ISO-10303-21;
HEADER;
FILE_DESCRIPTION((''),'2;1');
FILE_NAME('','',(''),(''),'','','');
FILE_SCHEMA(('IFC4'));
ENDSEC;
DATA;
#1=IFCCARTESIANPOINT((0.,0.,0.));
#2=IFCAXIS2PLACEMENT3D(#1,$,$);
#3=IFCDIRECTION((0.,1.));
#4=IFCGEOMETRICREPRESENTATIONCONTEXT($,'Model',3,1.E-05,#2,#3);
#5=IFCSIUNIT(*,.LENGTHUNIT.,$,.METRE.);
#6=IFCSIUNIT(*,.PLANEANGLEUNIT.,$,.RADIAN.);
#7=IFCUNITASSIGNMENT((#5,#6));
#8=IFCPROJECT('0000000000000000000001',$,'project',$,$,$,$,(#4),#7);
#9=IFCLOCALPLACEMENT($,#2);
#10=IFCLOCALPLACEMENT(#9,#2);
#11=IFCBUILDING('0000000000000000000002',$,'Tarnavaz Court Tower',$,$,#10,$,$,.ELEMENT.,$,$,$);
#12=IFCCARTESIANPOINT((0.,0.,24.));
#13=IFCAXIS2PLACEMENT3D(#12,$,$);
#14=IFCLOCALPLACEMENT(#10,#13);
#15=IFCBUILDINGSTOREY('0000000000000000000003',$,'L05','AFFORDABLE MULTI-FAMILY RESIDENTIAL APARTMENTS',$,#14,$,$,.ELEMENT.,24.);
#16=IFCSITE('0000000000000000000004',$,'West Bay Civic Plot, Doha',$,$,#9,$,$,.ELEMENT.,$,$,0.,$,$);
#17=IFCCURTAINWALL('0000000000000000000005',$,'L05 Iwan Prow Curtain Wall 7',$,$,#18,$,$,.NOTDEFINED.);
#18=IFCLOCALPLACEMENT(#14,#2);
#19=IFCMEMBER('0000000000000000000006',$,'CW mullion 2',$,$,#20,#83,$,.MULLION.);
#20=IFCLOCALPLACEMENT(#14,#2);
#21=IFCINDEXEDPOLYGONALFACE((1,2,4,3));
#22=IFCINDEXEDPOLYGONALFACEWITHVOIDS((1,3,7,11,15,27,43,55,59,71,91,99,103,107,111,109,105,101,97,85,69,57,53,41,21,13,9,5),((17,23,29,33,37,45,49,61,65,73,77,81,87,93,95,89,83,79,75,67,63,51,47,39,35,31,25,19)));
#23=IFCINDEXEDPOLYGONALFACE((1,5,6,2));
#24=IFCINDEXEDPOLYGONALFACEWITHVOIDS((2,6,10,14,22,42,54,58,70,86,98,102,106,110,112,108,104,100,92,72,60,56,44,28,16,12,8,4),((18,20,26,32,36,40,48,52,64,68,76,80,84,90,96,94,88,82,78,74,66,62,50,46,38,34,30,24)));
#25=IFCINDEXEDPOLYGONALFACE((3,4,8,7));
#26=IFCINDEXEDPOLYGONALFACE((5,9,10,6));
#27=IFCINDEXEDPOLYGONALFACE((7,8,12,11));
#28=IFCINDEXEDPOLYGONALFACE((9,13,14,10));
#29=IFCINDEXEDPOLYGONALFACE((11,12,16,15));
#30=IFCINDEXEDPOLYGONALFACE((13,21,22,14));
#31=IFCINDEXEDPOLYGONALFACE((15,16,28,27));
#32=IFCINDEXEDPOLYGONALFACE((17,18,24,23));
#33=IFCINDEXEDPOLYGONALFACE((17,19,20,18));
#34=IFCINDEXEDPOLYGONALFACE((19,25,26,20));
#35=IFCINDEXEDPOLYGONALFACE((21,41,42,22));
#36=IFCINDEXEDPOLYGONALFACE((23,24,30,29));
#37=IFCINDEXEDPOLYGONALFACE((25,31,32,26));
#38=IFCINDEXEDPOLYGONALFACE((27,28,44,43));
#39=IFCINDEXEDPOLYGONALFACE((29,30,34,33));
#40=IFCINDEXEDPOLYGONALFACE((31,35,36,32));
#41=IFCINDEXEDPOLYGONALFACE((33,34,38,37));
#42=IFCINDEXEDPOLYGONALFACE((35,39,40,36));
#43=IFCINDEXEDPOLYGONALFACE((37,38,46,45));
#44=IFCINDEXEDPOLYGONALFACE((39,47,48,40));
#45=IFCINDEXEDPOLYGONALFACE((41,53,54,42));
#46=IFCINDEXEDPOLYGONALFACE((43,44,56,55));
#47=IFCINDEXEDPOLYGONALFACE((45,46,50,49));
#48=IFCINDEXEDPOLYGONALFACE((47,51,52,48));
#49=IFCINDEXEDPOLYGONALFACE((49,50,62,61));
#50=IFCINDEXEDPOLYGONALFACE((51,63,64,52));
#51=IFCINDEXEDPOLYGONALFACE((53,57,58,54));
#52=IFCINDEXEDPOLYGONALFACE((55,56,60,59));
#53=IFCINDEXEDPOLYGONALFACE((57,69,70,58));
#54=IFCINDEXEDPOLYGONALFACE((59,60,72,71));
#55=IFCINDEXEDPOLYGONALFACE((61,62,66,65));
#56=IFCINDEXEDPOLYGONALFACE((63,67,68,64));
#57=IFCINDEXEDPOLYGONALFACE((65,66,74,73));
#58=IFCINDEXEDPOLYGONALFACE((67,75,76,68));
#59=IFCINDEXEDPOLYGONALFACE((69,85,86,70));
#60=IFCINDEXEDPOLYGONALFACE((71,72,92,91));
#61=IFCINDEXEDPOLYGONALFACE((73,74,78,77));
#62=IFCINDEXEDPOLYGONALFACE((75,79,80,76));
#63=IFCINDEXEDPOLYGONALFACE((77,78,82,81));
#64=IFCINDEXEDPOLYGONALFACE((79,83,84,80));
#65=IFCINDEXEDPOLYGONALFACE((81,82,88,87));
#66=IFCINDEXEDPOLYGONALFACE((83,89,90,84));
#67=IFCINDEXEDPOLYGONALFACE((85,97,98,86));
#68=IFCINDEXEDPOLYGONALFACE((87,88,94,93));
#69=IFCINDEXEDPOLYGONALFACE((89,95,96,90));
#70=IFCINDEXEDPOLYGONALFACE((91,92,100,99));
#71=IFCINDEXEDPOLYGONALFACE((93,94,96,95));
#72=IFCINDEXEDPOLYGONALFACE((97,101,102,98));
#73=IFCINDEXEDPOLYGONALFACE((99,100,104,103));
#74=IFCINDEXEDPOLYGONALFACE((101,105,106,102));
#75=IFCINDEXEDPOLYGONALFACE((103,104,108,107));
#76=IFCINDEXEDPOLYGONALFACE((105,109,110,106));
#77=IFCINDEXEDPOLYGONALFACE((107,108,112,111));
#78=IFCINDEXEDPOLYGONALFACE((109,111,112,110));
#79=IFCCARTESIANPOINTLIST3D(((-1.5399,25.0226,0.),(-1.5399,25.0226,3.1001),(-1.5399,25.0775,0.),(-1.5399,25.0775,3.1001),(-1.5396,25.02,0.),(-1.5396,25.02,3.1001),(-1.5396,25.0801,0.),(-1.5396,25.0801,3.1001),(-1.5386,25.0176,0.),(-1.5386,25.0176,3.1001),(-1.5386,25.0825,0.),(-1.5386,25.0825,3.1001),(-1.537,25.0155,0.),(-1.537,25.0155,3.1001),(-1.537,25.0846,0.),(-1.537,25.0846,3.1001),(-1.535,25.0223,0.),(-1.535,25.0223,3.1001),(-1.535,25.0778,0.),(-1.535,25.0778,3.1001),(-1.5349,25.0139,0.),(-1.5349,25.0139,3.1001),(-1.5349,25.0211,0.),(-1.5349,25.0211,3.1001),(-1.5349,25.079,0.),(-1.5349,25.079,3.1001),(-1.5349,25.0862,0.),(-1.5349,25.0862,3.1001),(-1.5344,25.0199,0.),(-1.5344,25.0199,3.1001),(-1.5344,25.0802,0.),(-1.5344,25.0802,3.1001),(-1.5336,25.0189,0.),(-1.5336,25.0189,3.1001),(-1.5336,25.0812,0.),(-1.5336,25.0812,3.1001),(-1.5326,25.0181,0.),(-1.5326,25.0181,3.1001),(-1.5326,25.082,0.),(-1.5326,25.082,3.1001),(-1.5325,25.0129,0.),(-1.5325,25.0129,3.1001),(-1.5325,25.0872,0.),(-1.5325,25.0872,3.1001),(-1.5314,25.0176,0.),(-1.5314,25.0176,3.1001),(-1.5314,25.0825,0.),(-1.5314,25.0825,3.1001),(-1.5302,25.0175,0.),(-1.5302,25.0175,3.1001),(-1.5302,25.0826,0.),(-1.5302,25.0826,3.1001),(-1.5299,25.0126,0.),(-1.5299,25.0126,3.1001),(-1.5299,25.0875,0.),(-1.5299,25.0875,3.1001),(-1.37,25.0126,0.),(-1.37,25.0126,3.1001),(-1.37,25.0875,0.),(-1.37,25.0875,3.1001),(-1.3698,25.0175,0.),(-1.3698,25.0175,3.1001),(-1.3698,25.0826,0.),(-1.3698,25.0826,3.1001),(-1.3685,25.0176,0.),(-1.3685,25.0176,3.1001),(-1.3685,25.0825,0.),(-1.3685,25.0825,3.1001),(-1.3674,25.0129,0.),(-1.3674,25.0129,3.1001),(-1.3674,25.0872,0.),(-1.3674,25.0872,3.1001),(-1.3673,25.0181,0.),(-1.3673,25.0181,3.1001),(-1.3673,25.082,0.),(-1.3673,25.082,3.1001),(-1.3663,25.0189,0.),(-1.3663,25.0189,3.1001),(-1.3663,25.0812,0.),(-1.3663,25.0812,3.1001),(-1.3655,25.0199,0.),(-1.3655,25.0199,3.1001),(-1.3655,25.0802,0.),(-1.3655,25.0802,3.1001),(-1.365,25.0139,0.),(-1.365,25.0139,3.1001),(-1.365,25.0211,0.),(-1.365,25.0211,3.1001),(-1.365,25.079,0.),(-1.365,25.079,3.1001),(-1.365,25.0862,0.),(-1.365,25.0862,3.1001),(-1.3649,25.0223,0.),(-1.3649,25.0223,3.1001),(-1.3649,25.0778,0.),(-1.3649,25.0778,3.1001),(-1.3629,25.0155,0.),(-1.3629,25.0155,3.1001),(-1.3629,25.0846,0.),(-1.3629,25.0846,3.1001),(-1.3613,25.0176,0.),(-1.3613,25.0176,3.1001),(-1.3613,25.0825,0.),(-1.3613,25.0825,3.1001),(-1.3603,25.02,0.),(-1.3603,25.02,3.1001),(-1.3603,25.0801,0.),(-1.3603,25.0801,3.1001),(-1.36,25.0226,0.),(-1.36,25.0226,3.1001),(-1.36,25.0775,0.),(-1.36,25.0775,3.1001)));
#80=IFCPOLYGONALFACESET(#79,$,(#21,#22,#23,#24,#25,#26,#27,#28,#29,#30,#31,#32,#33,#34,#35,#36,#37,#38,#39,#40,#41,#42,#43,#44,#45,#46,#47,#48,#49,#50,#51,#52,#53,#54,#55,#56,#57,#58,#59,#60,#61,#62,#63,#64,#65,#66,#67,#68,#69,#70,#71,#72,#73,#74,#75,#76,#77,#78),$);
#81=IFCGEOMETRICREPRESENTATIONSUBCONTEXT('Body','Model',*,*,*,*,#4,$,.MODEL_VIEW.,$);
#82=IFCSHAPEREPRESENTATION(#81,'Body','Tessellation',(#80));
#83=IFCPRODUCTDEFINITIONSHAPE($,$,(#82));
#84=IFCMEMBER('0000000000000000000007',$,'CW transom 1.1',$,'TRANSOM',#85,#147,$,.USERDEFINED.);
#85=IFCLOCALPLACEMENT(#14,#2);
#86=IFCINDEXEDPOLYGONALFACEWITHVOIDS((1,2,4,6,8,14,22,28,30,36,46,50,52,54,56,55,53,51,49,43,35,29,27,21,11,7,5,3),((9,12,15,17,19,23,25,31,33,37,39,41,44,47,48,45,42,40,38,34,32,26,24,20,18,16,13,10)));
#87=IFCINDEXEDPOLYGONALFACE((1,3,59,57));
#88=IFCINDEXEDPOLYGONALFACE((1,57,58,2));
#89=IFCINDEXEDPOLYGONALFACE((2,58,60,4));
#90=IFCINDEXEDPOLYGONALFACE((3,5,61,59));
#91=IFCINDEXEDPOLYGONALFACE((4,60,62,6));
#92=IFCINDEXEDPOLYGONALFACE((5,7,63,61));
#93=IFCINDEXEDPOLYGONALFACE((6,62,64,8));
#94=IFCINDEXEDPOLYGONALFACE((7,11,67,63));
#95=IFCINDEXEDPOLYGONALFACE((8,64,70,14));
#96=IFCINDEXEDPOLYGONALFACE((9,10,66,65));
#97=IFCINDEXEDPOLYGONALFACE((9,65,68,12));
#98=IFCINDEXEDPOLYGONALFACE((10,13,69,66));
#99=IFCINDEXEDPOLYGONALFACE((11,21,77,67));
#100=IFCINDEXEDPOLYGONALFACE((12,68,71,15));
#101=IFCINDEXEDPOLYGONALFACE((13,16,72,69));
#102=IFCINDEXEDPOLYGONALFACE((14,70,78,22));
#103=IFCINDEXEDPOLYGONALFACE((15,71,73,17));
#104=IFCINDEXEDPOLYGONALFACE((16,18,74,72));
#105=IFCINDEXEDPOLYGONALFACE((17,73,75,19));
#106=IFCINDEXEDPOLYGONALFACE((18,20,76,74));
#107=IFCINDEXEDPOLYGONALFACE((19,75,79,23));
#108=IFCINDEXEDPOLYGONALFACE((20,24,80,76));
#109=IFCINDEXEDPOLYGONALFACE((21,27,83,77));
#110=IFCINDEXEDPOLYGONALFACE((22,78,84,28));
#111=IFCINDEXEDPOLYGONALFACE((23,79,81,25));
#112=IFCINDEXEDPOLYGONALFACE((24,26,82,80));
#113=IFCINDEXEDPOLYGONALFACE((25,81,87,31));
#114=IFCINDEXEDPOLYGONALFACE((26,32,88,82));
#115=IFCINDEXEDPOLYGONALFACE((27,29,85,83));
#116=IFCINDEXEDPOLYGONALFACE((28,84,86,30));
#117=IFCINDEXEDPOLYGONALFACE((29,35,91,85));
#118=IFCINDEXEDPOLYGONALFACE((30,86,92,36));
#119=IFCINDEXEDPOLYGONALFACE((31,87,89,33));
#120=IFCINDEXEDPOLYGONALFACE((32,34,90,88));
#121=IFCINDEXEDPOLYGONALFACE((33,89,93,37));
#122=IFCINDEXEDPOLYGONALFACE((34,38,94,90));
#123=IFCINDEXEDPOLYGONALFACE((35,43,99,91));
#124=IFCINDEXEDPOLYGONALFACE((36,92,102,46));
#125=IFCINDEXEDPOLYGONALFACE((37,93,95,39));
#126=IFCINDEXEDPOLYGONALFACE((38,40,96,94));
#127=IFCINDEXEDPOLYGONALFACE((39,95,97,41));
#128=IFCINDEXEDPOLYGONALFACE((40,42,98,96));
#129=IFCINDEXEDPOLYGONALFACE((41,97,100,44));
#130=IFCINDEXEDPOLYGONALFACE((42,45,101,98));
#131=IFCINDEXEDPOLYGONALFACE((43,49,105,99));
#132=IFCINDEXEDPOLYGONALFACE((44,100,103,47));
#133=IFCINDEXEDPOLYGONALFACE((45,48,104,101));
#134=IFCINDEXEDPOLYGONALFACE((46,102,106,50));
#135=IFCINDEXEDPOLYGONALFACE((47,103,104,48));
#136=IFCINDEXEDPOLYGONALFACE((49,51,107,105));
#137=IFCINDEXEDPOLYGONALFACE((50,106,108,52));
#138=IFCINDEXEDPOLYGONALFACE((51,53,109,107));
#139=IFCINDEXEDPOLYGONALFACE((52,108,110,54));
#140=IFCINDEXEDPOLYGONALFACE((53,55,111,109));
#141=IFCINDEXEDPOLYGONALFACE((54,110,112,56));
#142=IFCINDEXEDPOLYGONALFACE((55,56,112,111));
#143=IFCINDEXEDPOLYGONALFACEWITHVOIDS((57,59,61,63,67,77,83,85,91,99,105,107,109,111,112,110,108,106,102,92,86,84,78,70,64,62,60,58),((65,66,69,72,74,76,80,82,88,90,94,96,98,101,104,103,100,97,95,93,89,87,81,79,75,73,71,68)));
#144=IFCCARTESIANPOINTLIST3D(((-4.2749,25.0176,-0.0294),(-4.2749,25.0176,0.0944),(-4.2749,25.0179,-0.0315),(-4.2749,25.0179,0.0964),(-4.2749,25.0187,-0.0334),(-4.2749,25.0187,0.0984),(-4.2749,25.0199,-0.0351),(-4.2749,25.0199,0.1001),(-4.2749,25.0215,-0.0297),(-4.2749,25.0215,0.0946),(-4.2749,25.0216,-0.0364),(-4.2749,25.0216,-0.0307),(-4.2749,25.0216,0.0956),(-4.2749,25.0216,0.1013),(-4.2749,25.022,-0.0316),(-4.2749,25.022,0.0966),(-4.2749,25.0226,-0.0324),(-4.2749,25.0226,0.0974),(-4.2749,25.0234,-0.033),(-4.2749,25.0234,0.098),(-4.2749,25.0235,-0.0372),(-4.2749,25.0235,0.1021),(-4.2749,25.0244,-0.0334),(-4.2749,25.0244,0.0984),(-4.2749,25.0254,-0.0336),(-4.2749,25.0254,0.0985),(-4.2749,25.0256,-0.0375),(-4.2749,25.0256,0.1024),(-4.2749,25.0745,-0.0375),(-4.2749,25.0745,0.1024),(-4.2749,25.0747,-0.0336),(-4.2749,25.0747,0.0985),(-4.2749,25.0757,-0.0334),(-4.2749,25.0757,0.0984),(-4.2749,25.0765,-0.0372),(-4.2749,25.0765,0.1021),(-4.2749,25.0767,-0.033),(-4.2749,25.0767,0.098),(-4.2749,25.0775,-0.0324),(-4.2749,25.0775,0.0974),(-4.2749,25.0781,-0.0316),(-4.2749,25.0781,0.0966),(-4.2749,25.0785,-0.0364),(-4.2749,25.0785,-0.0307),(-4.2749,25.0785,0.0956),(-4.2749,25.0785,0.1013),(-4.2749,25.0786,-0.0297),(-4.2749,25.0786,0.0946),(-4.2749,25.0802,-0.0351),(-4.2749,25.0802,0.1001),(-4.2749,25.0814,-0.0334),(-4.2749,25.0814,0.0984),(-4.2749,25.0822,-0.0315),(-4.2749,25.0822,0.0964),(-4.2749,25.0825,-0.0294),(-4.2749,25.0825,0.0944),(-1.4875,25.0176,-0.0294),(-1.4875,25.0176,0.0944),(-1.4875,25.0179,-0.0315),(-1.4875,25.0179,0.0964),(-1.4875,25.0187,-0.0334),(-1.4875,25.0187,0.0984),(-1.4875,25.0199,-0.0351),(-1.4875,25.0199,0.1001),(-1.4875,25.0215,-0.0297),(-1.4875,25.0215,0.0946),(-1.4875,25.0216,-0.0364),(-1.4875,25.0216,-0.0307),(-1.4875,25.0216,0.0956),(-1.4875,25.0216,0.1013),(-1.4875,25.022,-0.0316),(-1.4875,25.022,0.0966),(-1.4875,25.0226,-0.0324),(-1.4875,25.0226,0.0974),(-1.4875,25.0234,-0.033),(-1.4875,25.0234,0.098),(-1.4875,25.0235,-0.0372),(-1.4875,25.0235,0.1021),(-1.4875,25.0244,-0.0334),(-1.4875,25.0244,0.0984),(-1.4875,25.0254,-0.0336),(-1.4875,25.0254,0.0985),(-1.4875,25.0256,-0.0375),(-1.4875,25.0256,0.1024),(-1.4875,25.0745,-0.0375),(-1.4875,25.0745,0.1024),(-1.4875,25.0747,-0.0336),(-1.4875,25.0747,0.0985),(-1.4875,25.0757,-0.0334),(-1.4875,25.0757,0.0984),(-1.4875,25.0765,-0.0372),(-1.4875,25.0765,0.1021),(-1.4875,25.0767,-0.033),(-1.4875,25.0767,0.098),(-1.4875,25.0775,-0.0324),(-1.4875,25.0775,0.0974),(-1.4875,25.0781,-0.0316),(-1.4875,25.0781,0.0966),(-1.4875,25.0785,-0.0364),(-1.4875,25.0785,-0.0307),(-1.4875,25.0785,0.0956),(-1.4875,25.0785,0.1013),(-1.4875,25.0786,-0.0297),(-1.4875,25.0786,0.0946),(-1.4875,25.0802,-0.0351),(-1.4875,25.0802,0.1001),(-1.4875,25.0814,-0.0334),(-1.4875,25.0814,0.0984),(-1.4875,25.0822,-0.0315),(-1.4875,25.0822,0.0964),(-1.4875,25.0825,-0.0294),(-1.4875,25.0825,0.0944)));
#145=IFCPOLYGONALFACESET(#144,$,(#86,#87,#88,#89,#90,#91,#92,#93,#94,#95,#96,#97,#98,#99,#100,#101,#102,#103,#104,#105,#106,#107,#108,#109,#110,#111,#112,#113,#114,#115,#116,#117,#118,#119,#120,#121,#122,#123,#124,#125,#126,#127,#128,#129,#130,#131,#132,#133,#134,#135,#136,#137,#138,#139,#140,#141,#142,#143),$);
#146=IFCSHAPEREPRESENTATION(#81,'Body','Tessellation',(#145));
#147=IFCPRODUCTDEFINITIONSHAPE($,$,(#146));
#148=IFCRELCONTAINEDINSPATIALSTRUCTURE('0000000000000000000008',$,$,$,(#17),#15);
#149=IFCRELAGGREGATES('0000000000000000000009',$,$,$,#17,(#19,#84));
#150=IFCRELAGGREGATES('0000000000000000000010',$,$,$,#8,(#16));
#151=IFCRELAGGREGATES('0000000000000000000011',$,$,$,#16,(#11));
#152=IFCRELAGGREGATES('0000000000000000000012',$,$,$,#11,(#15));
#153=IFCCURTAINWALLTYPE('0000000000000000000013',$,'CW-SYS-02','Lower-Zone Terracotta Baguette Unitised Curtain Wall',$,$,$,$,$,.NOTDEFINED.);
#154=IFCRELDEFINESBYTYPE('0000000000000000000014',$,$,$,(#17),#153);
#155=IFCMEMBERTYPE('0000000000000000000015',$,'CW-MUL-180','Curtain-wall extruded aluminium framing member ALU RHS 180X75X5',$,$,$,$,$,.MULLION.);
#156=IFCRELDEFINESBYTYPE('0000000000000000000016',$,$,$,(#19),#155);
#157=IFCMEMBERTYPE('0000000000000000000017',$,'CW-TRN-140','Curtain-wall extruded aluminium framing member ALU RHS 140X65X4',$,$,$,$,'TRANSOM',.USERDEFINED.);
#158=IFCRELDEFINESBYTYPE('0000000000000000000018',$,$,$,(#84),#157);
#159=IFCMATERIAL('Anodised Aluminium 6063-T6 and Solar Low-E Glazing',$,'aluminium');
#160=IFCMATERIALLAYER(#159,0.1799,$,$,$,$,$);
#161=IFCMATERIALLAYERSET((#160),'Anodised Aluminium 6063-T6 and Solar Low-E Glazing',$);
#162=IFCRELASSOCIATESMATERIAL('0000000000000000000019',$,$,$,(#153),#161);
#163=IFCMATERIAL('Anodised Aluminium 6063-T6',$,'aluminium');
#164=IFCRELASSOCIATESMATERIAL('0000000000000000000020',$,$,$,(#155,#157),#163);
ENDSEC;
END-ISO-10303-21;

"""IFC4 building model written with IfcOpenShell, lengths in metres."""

from ifc_helpers import new_model, si_unit, direction, frame, origin, origin_2d, place, context, subcontext, project, spatial, hollow_rectangle, extrude, material, layer, layer_set, material_profile, profile_set, type_object, element, aggregate, save


model = new_model("IFC4")

# Units and contexts
model_context = context("Model", 3, precision=1e-05, world=origin(), true_north=direction((0.0, 1.0)))
body_context = subcontext(model_context, "Body", "Model", "MODEL_VIEW")
ifc_project = project(units=[si_unit("LENGTHUNIT", "METRE"), si_unit("PLANEANGLEUNIT", "RADIAN")], contexts=[model_context])

# Site, building, storey
site_placement = place(None, origin())
site = spatial("IfcSite", under=ifc_project, at=site_placement, Name="West Bay Civic Plot, Doha", CompositionType="ELEMENT", RefElevation=0.0)
building_placement = place(site_placement, origin())
building = spatial("IfcBuilding", under=site, at=building_placement, Name="Tarnavaz Court Tower", CompositionType="ELEMENT")
storey_placement = place(building_placement, frame((0.0, 0.0, 24.0)))
storey = spatial("IfcBuildingStorey", under=building, at=storey_placement, Name="L05", Description="AFFORDABLE MULTI-FAMILY RESIDENTIAL APARTMENTS", CompositionType="ELEMENT", Elevation=24.0)

# Curtain wall, members
ifc_material_1 = material(Name="Anodised Aluminium 6063-T6 and Solar Low-E Glazing", Category="aluminium")
ifc_layer_1 = layer(ifc_material_1, 0.1799)
ifc_layer_set_1 = layer_set([ifc_layer_1], Name="Anodised Aluminium 6063-T6 and Solar Low-E Glazing")
curtain_wall_type = type_object("IfcCurtainWallType", Name="CW-SYS-02", Description="Lower-Zone Terracotta Baguette Unitised Curtain Wall", PredefinedType="NOTDEFINED", material=ifc_layer_set_1)
curtain_wall_placement = place(storey_placement, origin())
curtain_wall = element("IfcCurtainWall", 1, at=curtain_wall_placement, inside=storey, type_object=curtain_wall_type, Name="L05 Iwan Prow Curtain Wall 7", PredefinedType="NOTDEFINED")
ifc_material_2 = material(Name="Anodised Aluminium 6063-T6", Category="aluminium")
ifc_material_profile_1 = material_profile(ifc_material_2, hollow_rectangle(XDim=0.075, YDim=0.1799, WallThickness=0.0049, InnerFilletRadius=0.0049, OuterFilletRadius=0.01, at=origin_2d()), Name="ALU RHS 180X75X5")
ifc_profile_set_1 = profile_set([ifc_material_profile_1], Name="Anodised Aluminium 6063-T6")
member_type_1 = type_object("IfcMemberType", Name="CW-MUL-180", Description="Curtain-wall extruded aluminium framing member ALU RHS 180X75X5", PredefinedType="MULLION", material=ifc_profile_set_1)
member_1_placement = place(storey_placement, frame((-1.45, 25.05, 0.0), z_axis=(0.0, 0.0, 1.0), x_axis=(0.0, 1.0, 0.0)))
member_1 = element("IfcMember", 2, at=member_1_placement, type_object=member_type_1, Name="CW mullion 2", PredefinedType="MULLION", context=body_context, shape_type="SweptSolid", body=[
    extrude(hollow_rectangle(XDim=0.075, YDim=0.1799, WallThickness=0.0049, InnerFilletRadius=0.0049, OuterFilletRadius=0.01, at=origin_2d()), origin(), (0.0, 0.0, 1.0), 3.1001),
])
ifc_material_profile_2 = material_profile(ifc_material_2, hollow_rectangle(XDim=0.0649, YDim=0.1399, WallThickness=0.0039, InnerFilletRadius=0.0039, OuterFilletRadius=0.0081, at=origin_2d()), Name="ALU RHS 140X65X4")
ifc_profile_set_2 = profile_set([ifc_material_profile_2], Name="Anodised Aluminium 6063-T6")
member_type_2 = type_object("IfcMemberType", Name="CW-TRN-140", Description="Curtain-wall extruded aluminium framing member ALU RHS 140X65X4", ElementType="TRANSOM", PredefinedType="USERDEFINED", material=ifc_profile_set_2)
member_2_placement = place(storey_placement, frame((-4.2749, 25.05, 0.0325), z_axis=(1.0, 0.0, 0.0), x_axis=(0.0, 1.0, 0.0)))
member_2 = element("IfcMember", 3, at=member_2_placement, type_object=member_type_2, Name="CW transom 1.1", ObjectType="TRANSOM", PredefinedType="USERDEFINED", context=body_context, shape_type="SweptSolid", body=[
    extrude(hollow_rectangle(XDim=0.0649, YDim=0.1399, WallThickness=0.0039, InnerFilletRadius=0.0039, OuterFilletRadius=0.0081, at=origin_2d()), origin(), (0.0, 0.0, 1.0), 2.7874),
])
aggregate(curtain_wall, [member_1, member_2])

save(model, "model.ifc")
